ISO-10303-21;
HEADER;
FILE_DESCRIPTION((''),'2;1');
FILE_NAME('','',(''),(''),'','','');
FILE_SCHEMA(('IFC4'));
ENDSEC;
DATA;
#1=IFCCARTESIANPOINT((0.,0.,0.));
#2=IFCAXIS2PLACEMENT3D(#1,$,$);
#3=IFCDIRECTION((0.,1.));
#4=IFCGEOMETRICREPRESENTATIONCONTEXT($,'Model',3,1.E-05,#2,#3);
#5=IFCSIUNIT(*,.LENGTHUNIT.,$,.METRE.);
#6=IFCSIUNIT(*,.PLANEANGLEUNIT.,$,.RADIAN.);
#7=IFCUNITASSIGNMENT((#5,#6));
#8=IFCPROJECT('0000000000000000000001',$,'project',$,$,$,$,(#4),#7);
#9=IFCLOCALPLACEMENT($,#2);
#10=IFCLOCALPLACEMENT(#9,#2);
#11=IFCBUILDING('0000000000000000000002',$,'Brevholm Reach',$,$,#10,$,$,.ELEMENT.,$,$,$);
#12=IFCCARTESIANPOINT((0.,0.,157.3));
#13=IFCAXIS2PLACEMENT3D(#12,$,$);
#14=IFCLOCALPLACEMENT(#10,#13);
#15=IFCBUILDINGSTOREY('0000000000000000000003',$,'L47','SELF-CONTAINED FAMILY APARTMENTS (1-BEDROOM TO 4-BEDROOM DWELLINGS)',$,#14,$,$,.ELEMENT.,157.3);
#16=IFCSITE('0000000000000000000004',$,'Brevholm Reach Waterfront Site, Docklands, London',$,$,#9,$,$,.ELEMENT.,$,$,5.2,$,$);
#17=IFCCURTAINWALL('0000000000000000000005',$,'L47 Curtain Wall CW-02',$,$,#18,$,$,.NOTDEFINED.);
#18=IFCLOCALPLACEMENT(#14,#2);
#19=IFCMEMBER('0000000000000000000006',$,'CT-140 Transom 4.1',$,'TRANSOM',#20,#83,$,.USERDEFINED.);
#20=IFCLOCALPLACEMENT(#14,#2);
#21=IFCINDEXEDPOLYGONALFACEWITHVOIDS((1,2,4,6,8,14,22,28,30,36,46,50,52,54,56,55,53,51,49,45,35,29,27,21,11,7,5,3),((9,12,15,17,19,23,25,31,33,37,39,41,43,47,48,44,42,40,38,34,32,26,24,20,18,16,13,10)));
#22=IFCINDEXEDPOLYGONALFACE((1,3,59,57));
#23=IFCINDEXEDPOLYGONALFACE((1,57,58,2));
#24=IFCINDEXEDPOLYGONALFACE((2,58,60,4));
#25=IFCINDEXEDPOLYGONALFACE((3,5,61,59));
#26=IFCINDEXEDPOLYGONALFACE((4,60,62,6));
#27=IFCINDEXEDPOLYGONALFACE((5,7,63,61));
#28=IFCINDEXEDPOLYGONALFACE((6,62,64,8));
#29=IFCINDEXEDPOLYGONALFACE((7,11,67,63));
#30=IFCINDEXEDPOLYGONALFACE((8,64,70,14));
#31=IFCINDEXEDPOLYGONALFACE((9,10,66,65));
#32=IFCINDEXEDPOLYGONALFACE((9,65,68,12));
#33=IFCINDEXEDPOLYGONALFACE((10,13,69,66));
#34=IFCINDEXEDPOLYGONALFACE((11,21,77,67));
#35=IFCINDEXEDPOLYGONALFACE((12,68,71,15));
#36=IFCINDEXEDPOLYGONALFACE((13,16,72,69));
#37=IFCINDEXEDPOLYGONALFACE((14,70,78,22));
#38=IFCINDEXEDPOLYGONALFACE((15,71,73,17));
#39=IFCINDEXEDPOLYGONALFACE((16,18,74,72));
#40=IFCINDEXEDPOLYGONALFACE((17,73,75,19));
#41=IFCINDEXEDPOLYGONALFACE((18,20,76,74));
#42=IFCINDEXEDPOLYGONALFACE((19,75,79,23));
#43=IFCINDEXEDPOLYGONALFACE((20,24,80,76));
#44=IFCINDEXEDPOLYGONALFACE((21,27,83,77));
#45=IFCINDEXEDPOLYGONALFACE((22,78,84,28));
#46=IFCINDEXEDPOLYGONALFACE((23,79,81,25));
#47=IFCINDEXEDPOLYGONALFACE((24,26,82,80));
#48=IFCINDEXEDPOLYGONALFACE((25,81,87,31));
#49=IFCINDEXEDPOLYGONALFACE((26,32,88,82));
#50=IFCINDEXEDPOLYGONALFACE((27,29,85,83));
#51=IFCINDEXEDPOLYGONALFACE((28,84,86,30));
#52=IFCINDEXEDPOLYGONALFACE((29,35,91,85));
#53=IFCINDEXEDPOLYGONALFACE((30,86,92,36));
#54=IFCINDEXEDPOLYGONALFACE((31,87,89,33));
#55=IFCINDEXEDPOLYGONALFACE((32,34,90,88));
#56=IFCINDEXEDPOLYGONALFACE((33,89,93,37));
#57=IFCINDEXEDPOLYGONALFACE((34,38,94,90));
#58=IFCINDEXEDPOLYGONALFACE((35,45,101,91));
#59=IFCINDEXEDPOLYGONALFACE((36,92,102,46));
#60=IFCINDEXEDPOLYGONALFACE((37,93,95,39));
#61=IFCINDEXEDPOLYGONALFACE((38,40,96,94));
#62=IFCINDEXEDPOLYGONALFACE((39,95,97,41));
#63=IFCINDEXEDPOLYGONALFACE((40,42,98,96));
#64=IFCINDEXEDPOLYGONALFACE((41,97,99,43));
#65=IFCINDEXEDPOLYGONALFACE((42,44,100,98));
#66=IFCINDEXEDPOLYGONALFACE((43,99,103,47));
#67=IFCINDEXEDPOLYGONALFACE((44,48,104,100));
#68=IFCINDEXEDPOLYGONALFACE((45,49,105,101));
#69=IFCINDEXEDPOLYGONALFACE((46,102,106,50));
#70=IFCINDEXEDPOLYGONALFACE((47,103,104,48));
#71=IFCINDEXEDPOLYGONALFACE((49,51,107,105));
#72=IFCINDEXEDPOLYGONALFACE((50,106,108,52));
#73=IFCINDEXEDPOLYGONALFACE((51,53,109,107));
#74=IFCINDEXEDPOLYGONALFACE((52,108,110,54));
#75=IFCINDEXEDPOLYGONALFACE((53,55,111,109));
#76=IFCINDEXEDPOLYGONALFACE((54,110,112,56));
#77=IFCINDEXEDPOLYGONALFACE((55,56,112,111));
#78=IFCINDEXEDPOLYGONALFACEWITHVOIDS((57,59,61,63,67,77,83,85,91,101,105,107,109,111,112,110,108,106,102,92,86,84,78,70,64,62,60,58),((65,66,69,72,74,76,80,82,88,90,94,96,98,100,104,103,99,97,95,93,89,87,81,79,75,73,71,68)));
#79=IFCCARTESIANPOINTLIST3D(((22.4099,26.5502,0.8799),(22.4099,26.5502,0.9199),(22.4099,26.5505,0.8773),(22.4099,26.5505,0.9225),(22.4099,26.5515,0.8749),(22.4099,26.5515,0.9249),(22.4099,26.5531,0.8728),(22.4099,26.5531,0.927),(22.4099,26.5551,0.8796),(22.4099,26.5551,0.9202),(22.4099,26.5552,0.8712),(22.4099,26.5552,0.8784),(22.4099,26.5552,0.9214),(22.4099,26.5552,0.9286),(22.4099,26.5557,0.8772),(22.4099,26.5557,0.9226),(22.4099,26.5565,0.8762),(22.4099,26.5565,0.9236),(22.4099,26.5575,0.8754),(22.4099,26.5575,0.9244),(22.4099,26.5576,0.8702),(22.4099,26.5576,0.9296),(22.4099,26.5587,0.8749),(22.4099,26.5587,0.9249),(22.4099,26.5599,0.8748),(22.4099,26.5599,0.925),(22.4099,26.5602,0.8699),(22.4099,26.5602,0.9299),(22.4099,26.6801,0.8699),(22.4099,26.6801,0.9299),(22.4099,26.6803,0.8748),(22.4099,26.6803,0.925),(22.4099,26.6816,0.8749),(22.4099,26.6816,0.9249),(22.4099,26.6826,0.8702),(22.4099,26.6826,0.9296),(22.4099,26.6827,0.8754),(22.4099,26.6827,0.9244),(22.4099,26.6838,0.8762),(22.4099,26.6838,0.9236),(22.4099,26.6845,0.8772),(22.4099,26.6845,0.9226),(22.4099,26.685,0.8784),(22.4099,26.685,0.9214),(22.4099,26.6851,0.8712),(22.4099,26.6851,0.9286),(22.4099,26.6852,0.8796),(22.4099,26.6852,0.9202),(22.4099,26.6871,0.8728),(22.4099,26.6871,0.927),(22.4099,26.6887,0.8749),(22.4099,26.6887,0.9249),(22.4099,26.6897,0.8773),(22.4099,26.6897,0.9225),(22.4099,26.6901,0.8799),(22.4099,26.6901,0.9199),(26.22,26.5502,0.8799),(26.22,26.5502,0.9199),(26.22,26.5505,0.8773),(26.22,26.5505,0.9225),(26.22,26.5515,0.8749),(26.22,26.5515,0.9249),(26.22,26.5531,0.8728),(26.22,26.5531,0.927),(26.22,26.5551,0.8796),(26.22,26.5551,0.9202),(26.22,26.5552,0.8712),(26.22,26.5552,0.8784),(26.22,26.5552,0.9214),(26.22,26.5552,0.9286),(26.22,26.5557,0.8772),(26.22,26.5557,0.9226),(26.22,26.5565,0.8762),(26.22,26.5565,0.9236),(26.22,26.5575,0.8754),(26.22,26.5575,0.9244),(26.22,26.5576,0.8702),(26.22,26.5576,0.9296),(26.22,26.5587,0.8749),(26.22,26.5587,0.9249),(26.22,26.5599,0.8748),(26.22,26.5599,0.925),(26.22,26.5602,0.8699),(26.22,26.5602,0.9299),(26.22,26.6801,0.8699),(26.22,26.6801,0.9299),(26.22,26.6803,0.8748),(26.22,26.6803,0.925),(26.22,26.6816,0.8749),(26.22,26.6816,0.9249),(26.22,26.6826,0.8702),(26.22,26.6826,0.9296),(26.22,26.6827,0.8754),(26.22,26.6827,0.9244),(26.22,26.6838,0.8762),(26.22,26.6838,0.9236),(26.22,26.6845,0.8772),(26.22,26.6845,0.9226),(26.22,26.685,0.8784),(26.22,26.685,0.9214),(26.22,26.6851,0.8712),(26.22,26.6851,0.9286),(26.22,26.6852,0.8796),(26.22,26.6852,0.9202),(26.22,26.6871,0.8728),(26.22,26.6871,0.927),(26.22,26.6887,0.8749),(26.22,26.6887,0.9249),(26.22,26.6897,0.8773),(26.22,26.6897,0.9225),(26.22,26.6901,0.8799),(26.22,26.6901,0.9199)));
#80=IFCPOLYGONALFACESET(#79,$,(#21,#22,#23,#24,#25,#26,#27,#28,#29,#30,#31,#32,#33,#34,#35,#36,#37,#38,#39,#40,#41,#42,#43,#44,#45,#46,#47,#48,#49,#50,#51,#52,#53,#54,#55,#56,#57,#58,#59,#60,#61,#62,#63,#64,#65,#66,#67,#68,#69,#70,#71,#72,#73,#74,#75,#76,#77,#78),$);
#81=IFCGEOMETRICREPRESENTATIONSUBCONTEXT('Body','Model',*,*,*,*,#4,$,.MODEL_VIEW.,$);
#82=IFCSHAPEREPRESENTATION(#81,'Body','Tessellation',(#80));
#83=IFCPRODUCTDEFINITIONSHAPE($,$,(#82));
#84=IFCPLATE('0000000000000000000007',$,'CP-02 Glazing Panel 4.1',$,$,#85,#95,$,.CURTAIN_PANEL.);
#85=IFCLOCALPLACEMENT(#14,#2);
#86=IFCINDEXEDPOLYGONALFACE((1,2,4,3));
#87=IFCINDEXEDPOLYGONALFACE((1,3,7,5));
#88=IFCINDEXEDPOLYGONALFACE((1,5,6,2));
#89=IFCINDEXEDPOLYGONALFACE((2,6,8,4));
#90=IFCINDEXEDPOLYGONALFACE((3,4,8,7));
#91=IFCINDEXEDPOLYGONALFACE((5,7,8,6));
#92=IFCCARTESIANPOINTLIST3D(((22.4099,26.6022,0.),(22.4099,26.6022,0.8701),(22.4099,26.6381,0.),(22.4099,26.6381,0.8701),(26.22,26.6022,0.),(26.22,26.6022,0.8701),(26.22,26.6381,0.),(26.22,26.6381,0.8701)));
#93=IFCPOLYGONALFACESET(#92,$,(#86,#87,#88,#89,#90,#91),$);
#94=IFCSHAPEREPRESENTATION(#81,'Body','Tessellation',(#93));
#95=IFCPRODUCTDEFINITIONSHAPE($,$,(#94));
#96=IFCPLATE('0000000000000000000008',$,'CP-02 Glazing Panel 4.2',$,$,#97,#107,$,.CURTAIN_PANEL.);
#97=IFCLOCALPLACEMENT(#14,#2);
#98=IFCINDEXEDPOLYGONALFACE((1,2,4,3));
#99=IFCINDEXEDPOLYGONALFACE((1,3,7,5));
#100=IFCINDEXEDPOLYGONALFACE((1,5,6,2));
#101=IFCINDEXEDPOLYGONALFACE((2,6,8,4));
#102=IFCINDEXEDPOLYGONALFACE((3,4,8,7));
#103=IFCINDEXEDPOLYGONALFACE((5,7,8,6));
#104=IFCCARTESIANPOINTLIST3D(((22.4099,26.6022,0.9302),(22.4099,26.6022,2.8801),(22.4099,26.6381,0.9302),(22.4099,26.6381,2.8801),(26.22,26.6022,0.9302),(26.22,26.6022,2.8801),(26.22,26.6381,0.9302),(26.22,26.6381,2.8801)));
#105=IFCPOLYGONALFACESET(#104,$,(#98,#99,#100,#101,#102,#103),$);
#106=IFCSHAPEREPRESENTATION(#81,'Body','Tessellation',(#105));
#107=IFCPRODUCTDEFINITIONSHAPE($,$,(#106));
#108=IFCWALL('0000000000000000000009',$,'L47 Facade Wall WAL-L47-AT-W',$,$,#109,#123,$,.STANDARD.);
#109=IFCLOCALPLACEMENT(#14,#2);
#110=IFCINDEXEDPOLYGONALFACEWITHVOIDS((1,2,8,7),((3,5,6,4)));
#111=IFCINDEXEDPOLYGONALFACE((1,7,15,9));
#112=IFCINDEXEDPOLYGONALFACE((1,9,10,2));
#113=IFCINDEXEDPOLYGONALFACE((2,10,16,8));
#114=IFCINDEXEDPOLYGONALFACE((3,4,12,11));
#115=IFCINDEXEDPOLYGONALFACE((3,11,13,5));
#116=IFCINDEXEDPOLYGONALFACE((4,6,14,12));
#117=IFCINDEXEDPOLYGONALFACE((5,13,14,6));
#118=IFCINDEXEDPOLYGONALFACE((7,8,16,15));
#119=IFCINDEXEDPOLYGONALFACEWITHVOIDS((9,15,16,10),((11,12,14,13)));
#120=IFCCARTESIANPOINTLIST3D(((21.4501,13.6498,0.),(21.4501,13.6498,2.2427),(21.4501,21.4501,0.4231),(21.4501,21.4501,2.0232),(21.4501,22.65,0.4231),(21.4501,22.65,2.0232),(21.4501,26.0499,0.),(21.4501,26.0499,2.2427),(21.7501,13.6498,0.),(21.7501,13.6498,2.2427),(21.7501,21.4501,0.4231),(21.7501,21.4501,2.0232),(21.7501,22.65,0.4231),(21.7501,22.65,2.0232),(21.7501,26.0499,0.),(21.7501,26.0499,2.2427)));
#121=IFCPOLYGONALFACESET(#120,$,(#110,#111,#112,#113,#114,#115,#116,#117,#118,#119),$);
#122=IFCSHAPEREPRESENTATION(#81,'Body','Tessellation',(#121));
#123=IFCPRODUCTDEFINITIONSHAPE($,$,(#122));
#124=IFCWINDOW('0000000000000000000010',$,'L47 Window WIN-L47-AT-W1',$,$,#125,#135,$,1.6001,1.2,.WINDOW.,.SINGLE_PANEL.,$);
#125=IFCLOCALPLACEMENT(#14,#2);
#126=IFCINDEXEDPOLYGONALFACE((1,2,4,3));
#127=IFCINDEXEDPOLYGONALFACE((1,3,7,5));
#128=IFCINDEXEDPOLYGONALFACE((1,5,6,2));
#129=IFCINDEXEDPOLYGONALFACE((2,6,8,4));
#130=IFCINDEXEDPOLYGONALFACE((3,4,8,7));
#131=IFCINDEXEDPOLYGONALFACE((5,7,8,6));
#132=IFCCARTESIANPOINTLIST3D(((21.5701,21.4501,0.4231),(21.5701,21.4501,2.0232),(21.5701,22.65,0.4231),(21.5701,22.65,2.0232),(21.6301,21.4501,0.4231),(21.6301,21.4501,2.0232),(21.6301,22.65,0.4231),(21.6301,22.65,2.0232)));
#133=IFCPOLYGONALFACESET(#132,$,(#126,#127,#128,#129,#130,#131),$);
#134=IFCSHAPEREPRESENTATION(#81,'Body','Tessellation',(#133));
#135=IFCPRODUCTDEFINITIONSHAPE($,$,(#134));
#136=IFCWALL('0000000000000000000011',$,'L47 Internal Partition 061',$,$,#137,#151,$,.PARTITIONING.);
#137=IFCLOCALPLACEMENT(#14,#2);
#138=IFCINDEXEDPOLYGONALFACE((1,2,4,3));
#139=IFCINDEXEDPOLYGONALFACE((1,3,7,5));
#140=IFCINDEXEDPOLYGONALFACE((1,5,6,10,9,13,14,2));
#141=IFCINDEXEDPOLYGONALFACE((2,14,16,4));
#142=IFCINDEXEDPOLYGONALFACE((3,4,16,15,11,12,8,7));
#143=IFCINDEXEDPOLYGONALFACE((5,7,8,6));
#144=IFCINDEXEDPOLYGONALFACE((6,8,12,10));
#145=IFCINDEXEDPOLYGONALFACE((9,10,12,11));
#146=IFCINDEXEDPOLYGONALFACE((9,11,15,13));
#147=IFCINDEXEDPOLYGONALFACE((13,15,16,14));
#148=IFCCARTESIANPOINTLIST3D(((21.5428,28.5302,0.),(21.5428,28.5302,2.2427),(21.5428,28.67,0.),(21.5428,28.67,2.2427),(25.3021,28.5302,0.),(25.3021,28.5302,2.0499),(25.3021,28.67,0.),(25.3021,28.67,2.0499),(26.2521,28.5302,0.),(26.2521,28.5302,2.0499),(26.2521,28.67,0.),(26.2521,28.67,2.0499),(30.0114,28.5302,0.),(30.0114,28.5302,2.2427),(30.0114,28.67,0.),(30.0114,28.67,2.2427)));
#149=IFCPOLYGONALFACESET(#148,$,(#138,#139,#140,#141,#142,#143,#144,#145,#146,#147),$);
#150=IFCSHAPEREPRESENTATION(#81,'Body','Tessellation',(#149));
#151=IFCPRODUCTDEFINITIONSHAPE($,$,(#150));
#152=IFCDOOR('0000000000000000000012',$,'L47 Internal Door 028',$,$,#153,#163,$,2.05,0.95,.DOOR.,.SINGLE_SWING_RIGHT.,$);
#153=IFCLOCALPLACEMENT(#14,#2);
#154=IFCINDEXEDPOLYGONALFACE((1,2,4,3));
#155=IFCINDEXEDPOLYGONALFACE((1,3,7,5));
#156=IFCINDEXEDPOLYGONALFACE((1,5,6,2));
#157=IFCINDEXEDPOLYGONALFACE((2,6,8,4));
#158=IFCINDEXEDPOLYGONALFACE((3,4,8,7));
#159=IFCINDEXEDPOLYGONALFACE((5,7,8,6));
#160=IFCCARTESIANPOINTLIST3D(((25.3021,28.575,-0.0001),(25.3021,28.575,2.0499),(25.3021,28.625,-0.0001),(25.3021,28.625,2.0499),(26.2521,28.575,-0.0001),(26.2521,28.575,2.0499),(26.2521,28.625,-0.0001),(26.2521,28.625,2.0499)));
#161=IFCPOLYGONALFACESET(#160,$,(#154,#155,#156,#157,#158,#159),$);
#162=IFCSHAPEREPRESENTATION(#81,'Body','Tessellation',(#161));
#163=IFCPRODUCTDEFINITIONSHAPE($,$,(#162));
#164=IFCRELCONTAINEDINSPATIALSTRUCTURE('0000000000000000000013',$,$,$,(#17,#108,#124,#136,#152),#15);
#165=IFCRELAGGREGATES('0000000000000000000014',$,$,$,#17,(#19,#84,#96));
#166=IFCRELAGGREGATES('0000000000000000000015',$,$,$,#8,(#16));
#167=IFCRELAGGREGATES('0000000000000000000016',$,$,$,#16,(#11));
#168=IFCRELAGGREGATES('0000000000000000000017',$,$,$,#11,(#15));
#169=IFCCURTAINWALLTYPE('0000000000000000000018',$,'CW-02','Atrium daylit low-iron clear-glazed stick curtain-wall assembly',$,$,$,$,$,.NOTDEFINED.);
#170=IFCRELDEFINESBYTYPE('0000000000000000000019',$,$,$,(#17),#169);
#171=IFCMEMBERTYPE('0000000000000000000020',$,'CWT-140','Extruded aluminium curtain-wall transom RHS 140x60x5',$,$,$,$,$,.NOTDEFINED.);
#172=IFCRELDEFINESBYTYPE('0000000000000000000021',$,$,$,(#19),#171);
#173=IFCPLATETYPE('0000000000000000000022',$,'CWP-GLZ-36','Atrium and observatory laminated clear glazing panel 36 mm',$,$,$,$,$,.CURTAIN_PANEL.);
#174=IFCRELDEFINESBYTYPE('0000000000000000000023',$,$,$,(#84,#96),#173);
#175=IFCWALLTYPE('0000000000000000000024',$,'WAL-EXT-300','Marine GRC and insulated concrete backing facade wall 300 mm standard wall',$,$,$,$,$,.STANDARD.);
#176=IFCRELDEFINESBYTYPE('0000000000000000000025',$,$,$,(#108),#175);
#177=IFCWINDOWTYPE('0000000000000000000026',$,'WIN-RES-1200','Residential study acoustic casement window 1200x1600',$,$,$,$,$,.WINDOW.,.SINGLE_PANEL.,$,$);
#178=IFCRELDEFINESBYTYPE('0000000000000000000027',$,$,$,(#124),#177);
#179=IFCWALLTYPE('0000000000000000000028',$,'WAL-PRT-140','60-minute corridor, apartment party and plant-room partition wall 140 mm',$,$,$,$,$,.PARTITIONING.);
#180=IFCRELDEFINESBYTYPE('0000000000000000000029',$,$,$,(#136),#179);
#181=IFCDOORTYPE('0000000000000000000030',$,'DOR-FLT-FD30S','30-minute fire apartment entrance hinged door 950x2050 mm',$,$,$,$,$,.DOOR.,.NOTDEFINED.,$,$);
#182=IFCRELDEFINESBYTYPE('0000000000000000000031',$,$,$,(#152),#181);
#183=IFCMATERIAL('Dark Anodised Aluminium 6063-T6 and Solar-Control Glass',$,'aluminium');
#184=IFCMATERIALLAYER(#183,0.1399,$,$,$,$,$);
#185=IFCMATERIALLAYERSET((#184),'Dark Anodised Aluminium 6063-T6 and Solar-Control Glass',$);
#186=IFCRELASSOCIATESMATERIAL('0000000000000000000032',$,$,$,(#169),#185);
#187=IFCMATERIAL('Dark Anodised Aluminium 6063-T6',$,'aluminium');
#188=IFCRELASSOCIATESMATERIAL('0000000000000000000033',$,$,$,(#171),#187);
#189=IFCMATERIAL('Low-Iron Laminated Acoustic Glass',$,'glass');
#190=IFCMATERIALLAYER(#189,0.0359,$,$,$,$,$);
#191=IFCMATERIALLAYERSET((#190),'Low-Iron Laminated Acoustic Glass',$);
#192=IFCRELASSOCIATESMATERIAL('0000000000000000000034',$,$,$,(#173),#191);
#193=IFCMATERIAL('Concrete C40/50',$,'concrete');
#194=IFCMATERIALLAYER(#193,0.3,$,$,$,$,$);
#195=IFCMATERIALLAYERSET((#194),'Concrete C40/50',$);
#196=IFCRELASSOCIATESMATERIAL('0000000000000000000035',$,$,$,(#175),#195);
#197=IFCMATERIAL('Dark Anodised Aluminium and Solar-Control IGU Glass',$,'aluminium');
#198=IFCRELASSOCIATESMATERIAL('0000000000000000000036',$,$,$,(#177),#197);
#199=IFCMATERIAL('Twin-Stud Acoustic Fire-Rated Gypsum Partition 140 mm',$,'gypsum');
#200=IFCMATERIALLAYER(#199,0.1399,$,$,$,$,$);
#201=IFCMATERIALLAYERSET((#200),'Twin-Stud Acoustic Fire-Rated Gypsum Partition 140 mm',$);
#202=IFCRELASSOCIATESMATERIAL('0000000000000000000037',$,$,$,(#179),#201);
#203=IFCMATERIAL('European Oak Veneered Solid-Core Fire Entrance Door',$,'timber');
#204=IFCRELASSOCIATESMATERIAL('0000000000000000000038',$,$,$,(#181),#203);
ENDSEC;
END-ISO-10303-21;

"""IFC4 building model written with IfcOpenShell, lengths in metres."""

from ifc_helpers import new_model, si_unit, direction, frame, frame_2d, origin, origin_2d, place, context, subcontext, project, spatial, rectangle, hollow_rectangle, extrude, material, layer, layer_set, material_profile, profile_set, type_object, element, fill, aggregate, save


model = new_model("IFC4")

# Units and contexts
model_context = context("Model", 3, precision=1e-05, world=origin(), true_north=direction((0.0, 1.0)))
body_context = subcontext(model_context, "Body", "Model", "MODEL_VIEW")
ifc_project = project(units=[si_unit("LENGTHUNIT", "METRE"), si_unit("PLANEANGLEUNIT", "RADIAN")], contexts=[model_context])

# Site, building, storey
site_placement = place(None, origin())
site = spatial("IfcSite", under=ifc_project, at=site_placement, Name="Brevholm Reach Waterfront Site, Docklands, London", CompositionType="ELEMENT", RefElevation=5.2)
building_placement = place(site_placement, origin())
building = spatial("IfcBuilding", under=site, at=building_placement, Name="Brevholm Reach", CompositionType="ELEMENT")
storey_placement = place(building_placement, frame((0.0, 0.0, 157.3)))
storey = spatial("IfcBuildingStorey", under=building, at=storey_placement, Name="L47", Description="SELF-CONTAINED FAMILY APARTMENTS (1-BEDROOM TO 4-BEDROOM DWELLINGS)", CompositionType="ELEMENT", Elevation=157.3)

# Curtain wall, member, plates
ifc_material_1 = material(Name="Dark Anodised Aluminium 6063-T6 and Solar-Control Glass", Category="aluminium")
ifc_layer_1 = layer(ifc_material_1, 0.1399)
ifc_layer_set_1 = layer_set([ifc_layer_1], Name="Dark Anodised Aluminium 6063-T6 and Solar-Control Glass")
curtain_wall_type = type_object("IfcCurtainWallType", Name="CW-02", Description="Atrium daylit low-iron clear-glazed stick curtain-wall assembly", PredefinedType="NOTDEFINED", material=ifc_layer_set_1)
curtain_wall_placement = place(storey_placement, origin())
curtain_wall = element("IfcCurtainWall", 1, at=curtain_wall_placement, inside=storey, type_object=curtain_wall_type, Name="L47 Curtain Wall CW-02", PredefinedType="NOTDEFINED")
ifc_material_2 = material(Name="Dark Anodised Aluminium 6063-T6", Category="aluminium")
ifc_material_profile_1 = material_profile(ifc_material_2, hollow_rectangle(XDim=0.0601, YDim=0.1399, WallThickness=0.0049, InnerFilletRadius=0.0049, OuterFilletRadius=0.01, at=origin_2d()), Name="RHS 140x60x5")
ifc_profile_set_1 = profile_set([ifc_material_profile_1], Name="Dark Anodised Aluminium 6063-T6")
member_type_1 = type_object("IfcMemberType", Name="CWT-140", Description="Extruded aluminium curtain-wall transom RHS 140x60x5", PredefinedType="NOTDEFINED", material=ifc_profile_set_1)
member_1_placement = place(storey_placement, frame((26.22, 26.6201, 0.8999), z_axis=(-1.0, 0.0, 0.0), x_axis=(0.0, 0.0, 1.0)))
member_1 = element("IfcMember", 2, at=member_1_placement, type_object=member_type_1, Name="CT-140 Transom 4.1", ObjectType="TRANSOM", PredefinedType="USERDEFINED", context=body_context, shape_type="SweptSolid", body=[
    extrude(hollow_rectangle(XDim=0.0601, YDim=0.1399, WallThickness=0.0049, InnerFilletRadius=0.0049, OuterFilletRadius=0.01, at=origin_2d()), origin(), (0.0, 0.0, 1.0), 3.8101),
])
ifc_material_3 = material(Name="Low-Iron Laminated Acoustic Glass", Category="glass")
ifc_layer_2 = layer(ifc_material_3, 0.0359)
ifc_layer_set_2 = layer_set([ifc_layer_2], Name="Low-Iron Laminated Acoustic Glass")
plate_type = type_object("IfcPlateType", Name="CWP-GLZ-36", Description="Atrium and observatory laminated clear glazing panel 36 mm", PredefinedType="CURTAIN_PANEL", material=ifc_layer_set_2)
plate_1_placement = place(storey_placement, frame((24.3149, 26.6201, 0.0), z_axis=(0.0, 0.0, 1.0), x_axis=(-1.0, 0.0, 0.0)))
plate_1 = element("IfcPlate", 3, at=plate_1_placement, type_object=plate_type, Name="CP-02 Glazing Panel 4.1", PredefinedType="CURTAIN_PANEL", context=body_context, shape_type="SweptSolid", body=[
    extrude(rectangle(XDim=3.8101, YDim=0.0359, at=origin_2d()), origin(), (0.0, 0.0, 1.0), 0.8701),
])
plate_2_placement = place(storey_placement, frame((24.3149, 26.6201, 0.9302), z_axis=(0.0, 0.0, 1.0), x_axis=(-1.0, 0.0, 0.0)))
plate_2 = element("IfcPlate", 4, at=plate_2_placement, type_object=plate_type, Name="CP-02 Glazing Panel 4.2", PredefinedType="CURTAIN_PANEL", context=body_context, shape_type="SweptSolid", body=[
    extrude(rectangle(XDim=3.8101, YDim=0.0359, at=origin_2d()), origin(), (0.0, 0.0, 1.0), 1.95),
])
aggregate(curtain_wall, [member_1, plate_1, plate_2])

# Wall, opening, window
ifc_material_4 = material(Name="Concrete C40/50", Category="concrete")
ifc_layer_3 = layer(ifc_material_4, 0.3)
ifc_layer_set_3 = layer_set([ifc_layer_3], Name="Concrete C40/50")
wall_type_1 = type_object("IfcWallType", Name="WAL-EXT-300", Description="Marine GRC and insulated concrete backing facade wall 300 mm standard wall", PredefinedType="STANDARD", material=ifc_layer_set_3)
wall_1_placement = place(storey_placement, frame((21.6001, 26.05, 0.0), z_axis=(0.0, 0.0, 1.0), x_axis=(0.0, -1.0, 0.0)))
wall_1 = element("IfcWall", 5, at=wall_1_placement, inside=storey, type_object=wall_type_1, Name="L47 Facade Wall WAL-L47-AT-W", PredefinedType="STANDARD", context=body_context, shape_type="SweptSolid", body=[
    extrude(rectangle(XDim=12.4001, YDim=0.3, at=frame_2d((6.2002, 0.0))), origin(), (0.0, 0.0, 1.0), 2.2427),
])
opening_1_placement = place(wall_1_placement, frame((3.3999, 0.0, 0.4231)))
opening_1 = element("IfcOpeningElement", 6, at=opening_1_placement, cuts=wall_1, PredefinedType="OPENING", context=body_context, shape_type="SweptSolid", body=[
    extrude(rectangle(XDim=1.2, YDim=1.6001, at=frame_2d((0.6001, 0.8))), frame((0.0, 0.1599, 0.0), z_axis=(0.0, -1.0, 0.0), x_axis=(1.0, 0.0, 0.0)), (0.0, 0.0, 1.0), 0.3201),
])
ifc_material_5 = material(Name="Dark Anodised Aluminium and Solar-Control IGU Glass", Category="aluminium")
window_type = type_object("IfcWindowType", Name="WIN-RES-1200", Description="Residential study acoustic casement window 1200x1600", PartitioningType="SINGLE_PANEL", PredefinedType="WINDOW", material=ifc_material_5)
window_placement = place(opening_1_placement, origin())
window = element("IfcWindow", 7, at=window_placement, inside=storey, type_object=window_type, Name="L47 Window WIN-L47-AT-W1", OverallHeight=1.6001, OverallWidth=1.2, PartitioningType="SINGLE_PANEL", PredefinedType="WINDOW", context=body_context, shape_type="SweptSolid", body=[
    extrude(rectangle(XDim=1.2, YDim=1.6001, at=frame_2d((0.6001, 0.8))), frame((0.0, 0.03, 0.0), z_axis=(0.0, -1.0, 0.0), x_axis=(1.0, 0.0, 0.0)), (0.0, 0.0, 1.0), 0.0601),
])
fill(opening_1, window)

# Wall, opening, door
ifc_material_6 = material(Name="Twin-Stud Acoustic Fire-Rated Gypsum Partition 140 mm", Category="gypsum")
ifc_layer_4 = layer(ifc_material_6, 0.1399)
ifc_layer_set_4 = layer_set([ifc_layer_4], Name="Twin-Stud Acoustic Fire-Rated Gypsum Partition 140 mm")
wall_type_2 = type_object("IfcWallType", Name="WAL-PRT-140", Description="60-minute corridor, apartment party and plant-room partition wall 140 mm", PredefinedType="PARTITIONING", material=ifc_layer_set_4)
wall_2_placement = place(storey_placement, frame((21.5427, 28.6001, 0.0), z_axis=(0.0, 0.0, 1.0), x_axis=(1.0, 0.0, 0.0)))
wall_2 = element("IfcWall", 8, at=wall_2_placement, inside=storey, type_object=wall_type_2, Name="L47 Internal Partition 061", PredefinedType="PARTITIONING", context=body_context, shape_type="SweptSolid", body=[
    extrude(rectangle(XDim=8.4685, YDim=0.1399, at=frame_2d((4.2344, 0.0))), origin(), (0.0, 0.0, 1.0), 2.2427),
])
opening_2_placement = place(wall_2_placement, frame((3.7593, 0.0, 0.0)))
opening_2 = element("IfcOpeningElement", 9, at=opening_2_placement, cuts=wall_2, PredefinedType="OPENING", context=body_context, shape_type="SweptSolid", body=[
    extrude(rectangle(XDim=0.95, YDim=2.05, at=frame_2d((0.4751, 1.0249))), frame((0.0, 0.0798, 0.0), z_axis=(0.0, -1.0, 0.0), x_axis=(1.0, 0.0, 0.0)), (0.0, 0.0, 1.0), 0.1599),
])
ifc_material_7 = material(Name="European Oak Veneered Solid-Core Fire Entrance Door", Category="timber")
door_type = type_object("IfcDoorType", Name="DOR-FLT-FD30S", Description="30-minute fire apartment entrance hinged door 950x2050 mm", OperationType="NOTDEFINED", PredefinedType="DOOR", material=ifc_material_7)
door_placement = place(opening_2_placement, origin())
door = element("IfcDoor", 10, at=door_placement, inside=storey, type_object=door_type, Name="L47 Internal Door 028", OperationType="SINGLE_SWING_RIGHT", OverallHeight=2.05, OverallWidth=0.95, PredefinedType="DOOR", context=body_context, shape_type="SweptSolid", body=[
    extrude(rectangle(XDim=0.95, YDim=2.05, at=frame_2d((0.4751, 1.0249))), frame((0.0, 0.0249, 0.0), z_axis=(0.0, -1.0, 0.0), x_axis=(1.0, 0.0, 0.0)), (0.0, 0.0, 1.0), 0.05),
])
fill(opening_2, door)

save(model, "model.ifc")
